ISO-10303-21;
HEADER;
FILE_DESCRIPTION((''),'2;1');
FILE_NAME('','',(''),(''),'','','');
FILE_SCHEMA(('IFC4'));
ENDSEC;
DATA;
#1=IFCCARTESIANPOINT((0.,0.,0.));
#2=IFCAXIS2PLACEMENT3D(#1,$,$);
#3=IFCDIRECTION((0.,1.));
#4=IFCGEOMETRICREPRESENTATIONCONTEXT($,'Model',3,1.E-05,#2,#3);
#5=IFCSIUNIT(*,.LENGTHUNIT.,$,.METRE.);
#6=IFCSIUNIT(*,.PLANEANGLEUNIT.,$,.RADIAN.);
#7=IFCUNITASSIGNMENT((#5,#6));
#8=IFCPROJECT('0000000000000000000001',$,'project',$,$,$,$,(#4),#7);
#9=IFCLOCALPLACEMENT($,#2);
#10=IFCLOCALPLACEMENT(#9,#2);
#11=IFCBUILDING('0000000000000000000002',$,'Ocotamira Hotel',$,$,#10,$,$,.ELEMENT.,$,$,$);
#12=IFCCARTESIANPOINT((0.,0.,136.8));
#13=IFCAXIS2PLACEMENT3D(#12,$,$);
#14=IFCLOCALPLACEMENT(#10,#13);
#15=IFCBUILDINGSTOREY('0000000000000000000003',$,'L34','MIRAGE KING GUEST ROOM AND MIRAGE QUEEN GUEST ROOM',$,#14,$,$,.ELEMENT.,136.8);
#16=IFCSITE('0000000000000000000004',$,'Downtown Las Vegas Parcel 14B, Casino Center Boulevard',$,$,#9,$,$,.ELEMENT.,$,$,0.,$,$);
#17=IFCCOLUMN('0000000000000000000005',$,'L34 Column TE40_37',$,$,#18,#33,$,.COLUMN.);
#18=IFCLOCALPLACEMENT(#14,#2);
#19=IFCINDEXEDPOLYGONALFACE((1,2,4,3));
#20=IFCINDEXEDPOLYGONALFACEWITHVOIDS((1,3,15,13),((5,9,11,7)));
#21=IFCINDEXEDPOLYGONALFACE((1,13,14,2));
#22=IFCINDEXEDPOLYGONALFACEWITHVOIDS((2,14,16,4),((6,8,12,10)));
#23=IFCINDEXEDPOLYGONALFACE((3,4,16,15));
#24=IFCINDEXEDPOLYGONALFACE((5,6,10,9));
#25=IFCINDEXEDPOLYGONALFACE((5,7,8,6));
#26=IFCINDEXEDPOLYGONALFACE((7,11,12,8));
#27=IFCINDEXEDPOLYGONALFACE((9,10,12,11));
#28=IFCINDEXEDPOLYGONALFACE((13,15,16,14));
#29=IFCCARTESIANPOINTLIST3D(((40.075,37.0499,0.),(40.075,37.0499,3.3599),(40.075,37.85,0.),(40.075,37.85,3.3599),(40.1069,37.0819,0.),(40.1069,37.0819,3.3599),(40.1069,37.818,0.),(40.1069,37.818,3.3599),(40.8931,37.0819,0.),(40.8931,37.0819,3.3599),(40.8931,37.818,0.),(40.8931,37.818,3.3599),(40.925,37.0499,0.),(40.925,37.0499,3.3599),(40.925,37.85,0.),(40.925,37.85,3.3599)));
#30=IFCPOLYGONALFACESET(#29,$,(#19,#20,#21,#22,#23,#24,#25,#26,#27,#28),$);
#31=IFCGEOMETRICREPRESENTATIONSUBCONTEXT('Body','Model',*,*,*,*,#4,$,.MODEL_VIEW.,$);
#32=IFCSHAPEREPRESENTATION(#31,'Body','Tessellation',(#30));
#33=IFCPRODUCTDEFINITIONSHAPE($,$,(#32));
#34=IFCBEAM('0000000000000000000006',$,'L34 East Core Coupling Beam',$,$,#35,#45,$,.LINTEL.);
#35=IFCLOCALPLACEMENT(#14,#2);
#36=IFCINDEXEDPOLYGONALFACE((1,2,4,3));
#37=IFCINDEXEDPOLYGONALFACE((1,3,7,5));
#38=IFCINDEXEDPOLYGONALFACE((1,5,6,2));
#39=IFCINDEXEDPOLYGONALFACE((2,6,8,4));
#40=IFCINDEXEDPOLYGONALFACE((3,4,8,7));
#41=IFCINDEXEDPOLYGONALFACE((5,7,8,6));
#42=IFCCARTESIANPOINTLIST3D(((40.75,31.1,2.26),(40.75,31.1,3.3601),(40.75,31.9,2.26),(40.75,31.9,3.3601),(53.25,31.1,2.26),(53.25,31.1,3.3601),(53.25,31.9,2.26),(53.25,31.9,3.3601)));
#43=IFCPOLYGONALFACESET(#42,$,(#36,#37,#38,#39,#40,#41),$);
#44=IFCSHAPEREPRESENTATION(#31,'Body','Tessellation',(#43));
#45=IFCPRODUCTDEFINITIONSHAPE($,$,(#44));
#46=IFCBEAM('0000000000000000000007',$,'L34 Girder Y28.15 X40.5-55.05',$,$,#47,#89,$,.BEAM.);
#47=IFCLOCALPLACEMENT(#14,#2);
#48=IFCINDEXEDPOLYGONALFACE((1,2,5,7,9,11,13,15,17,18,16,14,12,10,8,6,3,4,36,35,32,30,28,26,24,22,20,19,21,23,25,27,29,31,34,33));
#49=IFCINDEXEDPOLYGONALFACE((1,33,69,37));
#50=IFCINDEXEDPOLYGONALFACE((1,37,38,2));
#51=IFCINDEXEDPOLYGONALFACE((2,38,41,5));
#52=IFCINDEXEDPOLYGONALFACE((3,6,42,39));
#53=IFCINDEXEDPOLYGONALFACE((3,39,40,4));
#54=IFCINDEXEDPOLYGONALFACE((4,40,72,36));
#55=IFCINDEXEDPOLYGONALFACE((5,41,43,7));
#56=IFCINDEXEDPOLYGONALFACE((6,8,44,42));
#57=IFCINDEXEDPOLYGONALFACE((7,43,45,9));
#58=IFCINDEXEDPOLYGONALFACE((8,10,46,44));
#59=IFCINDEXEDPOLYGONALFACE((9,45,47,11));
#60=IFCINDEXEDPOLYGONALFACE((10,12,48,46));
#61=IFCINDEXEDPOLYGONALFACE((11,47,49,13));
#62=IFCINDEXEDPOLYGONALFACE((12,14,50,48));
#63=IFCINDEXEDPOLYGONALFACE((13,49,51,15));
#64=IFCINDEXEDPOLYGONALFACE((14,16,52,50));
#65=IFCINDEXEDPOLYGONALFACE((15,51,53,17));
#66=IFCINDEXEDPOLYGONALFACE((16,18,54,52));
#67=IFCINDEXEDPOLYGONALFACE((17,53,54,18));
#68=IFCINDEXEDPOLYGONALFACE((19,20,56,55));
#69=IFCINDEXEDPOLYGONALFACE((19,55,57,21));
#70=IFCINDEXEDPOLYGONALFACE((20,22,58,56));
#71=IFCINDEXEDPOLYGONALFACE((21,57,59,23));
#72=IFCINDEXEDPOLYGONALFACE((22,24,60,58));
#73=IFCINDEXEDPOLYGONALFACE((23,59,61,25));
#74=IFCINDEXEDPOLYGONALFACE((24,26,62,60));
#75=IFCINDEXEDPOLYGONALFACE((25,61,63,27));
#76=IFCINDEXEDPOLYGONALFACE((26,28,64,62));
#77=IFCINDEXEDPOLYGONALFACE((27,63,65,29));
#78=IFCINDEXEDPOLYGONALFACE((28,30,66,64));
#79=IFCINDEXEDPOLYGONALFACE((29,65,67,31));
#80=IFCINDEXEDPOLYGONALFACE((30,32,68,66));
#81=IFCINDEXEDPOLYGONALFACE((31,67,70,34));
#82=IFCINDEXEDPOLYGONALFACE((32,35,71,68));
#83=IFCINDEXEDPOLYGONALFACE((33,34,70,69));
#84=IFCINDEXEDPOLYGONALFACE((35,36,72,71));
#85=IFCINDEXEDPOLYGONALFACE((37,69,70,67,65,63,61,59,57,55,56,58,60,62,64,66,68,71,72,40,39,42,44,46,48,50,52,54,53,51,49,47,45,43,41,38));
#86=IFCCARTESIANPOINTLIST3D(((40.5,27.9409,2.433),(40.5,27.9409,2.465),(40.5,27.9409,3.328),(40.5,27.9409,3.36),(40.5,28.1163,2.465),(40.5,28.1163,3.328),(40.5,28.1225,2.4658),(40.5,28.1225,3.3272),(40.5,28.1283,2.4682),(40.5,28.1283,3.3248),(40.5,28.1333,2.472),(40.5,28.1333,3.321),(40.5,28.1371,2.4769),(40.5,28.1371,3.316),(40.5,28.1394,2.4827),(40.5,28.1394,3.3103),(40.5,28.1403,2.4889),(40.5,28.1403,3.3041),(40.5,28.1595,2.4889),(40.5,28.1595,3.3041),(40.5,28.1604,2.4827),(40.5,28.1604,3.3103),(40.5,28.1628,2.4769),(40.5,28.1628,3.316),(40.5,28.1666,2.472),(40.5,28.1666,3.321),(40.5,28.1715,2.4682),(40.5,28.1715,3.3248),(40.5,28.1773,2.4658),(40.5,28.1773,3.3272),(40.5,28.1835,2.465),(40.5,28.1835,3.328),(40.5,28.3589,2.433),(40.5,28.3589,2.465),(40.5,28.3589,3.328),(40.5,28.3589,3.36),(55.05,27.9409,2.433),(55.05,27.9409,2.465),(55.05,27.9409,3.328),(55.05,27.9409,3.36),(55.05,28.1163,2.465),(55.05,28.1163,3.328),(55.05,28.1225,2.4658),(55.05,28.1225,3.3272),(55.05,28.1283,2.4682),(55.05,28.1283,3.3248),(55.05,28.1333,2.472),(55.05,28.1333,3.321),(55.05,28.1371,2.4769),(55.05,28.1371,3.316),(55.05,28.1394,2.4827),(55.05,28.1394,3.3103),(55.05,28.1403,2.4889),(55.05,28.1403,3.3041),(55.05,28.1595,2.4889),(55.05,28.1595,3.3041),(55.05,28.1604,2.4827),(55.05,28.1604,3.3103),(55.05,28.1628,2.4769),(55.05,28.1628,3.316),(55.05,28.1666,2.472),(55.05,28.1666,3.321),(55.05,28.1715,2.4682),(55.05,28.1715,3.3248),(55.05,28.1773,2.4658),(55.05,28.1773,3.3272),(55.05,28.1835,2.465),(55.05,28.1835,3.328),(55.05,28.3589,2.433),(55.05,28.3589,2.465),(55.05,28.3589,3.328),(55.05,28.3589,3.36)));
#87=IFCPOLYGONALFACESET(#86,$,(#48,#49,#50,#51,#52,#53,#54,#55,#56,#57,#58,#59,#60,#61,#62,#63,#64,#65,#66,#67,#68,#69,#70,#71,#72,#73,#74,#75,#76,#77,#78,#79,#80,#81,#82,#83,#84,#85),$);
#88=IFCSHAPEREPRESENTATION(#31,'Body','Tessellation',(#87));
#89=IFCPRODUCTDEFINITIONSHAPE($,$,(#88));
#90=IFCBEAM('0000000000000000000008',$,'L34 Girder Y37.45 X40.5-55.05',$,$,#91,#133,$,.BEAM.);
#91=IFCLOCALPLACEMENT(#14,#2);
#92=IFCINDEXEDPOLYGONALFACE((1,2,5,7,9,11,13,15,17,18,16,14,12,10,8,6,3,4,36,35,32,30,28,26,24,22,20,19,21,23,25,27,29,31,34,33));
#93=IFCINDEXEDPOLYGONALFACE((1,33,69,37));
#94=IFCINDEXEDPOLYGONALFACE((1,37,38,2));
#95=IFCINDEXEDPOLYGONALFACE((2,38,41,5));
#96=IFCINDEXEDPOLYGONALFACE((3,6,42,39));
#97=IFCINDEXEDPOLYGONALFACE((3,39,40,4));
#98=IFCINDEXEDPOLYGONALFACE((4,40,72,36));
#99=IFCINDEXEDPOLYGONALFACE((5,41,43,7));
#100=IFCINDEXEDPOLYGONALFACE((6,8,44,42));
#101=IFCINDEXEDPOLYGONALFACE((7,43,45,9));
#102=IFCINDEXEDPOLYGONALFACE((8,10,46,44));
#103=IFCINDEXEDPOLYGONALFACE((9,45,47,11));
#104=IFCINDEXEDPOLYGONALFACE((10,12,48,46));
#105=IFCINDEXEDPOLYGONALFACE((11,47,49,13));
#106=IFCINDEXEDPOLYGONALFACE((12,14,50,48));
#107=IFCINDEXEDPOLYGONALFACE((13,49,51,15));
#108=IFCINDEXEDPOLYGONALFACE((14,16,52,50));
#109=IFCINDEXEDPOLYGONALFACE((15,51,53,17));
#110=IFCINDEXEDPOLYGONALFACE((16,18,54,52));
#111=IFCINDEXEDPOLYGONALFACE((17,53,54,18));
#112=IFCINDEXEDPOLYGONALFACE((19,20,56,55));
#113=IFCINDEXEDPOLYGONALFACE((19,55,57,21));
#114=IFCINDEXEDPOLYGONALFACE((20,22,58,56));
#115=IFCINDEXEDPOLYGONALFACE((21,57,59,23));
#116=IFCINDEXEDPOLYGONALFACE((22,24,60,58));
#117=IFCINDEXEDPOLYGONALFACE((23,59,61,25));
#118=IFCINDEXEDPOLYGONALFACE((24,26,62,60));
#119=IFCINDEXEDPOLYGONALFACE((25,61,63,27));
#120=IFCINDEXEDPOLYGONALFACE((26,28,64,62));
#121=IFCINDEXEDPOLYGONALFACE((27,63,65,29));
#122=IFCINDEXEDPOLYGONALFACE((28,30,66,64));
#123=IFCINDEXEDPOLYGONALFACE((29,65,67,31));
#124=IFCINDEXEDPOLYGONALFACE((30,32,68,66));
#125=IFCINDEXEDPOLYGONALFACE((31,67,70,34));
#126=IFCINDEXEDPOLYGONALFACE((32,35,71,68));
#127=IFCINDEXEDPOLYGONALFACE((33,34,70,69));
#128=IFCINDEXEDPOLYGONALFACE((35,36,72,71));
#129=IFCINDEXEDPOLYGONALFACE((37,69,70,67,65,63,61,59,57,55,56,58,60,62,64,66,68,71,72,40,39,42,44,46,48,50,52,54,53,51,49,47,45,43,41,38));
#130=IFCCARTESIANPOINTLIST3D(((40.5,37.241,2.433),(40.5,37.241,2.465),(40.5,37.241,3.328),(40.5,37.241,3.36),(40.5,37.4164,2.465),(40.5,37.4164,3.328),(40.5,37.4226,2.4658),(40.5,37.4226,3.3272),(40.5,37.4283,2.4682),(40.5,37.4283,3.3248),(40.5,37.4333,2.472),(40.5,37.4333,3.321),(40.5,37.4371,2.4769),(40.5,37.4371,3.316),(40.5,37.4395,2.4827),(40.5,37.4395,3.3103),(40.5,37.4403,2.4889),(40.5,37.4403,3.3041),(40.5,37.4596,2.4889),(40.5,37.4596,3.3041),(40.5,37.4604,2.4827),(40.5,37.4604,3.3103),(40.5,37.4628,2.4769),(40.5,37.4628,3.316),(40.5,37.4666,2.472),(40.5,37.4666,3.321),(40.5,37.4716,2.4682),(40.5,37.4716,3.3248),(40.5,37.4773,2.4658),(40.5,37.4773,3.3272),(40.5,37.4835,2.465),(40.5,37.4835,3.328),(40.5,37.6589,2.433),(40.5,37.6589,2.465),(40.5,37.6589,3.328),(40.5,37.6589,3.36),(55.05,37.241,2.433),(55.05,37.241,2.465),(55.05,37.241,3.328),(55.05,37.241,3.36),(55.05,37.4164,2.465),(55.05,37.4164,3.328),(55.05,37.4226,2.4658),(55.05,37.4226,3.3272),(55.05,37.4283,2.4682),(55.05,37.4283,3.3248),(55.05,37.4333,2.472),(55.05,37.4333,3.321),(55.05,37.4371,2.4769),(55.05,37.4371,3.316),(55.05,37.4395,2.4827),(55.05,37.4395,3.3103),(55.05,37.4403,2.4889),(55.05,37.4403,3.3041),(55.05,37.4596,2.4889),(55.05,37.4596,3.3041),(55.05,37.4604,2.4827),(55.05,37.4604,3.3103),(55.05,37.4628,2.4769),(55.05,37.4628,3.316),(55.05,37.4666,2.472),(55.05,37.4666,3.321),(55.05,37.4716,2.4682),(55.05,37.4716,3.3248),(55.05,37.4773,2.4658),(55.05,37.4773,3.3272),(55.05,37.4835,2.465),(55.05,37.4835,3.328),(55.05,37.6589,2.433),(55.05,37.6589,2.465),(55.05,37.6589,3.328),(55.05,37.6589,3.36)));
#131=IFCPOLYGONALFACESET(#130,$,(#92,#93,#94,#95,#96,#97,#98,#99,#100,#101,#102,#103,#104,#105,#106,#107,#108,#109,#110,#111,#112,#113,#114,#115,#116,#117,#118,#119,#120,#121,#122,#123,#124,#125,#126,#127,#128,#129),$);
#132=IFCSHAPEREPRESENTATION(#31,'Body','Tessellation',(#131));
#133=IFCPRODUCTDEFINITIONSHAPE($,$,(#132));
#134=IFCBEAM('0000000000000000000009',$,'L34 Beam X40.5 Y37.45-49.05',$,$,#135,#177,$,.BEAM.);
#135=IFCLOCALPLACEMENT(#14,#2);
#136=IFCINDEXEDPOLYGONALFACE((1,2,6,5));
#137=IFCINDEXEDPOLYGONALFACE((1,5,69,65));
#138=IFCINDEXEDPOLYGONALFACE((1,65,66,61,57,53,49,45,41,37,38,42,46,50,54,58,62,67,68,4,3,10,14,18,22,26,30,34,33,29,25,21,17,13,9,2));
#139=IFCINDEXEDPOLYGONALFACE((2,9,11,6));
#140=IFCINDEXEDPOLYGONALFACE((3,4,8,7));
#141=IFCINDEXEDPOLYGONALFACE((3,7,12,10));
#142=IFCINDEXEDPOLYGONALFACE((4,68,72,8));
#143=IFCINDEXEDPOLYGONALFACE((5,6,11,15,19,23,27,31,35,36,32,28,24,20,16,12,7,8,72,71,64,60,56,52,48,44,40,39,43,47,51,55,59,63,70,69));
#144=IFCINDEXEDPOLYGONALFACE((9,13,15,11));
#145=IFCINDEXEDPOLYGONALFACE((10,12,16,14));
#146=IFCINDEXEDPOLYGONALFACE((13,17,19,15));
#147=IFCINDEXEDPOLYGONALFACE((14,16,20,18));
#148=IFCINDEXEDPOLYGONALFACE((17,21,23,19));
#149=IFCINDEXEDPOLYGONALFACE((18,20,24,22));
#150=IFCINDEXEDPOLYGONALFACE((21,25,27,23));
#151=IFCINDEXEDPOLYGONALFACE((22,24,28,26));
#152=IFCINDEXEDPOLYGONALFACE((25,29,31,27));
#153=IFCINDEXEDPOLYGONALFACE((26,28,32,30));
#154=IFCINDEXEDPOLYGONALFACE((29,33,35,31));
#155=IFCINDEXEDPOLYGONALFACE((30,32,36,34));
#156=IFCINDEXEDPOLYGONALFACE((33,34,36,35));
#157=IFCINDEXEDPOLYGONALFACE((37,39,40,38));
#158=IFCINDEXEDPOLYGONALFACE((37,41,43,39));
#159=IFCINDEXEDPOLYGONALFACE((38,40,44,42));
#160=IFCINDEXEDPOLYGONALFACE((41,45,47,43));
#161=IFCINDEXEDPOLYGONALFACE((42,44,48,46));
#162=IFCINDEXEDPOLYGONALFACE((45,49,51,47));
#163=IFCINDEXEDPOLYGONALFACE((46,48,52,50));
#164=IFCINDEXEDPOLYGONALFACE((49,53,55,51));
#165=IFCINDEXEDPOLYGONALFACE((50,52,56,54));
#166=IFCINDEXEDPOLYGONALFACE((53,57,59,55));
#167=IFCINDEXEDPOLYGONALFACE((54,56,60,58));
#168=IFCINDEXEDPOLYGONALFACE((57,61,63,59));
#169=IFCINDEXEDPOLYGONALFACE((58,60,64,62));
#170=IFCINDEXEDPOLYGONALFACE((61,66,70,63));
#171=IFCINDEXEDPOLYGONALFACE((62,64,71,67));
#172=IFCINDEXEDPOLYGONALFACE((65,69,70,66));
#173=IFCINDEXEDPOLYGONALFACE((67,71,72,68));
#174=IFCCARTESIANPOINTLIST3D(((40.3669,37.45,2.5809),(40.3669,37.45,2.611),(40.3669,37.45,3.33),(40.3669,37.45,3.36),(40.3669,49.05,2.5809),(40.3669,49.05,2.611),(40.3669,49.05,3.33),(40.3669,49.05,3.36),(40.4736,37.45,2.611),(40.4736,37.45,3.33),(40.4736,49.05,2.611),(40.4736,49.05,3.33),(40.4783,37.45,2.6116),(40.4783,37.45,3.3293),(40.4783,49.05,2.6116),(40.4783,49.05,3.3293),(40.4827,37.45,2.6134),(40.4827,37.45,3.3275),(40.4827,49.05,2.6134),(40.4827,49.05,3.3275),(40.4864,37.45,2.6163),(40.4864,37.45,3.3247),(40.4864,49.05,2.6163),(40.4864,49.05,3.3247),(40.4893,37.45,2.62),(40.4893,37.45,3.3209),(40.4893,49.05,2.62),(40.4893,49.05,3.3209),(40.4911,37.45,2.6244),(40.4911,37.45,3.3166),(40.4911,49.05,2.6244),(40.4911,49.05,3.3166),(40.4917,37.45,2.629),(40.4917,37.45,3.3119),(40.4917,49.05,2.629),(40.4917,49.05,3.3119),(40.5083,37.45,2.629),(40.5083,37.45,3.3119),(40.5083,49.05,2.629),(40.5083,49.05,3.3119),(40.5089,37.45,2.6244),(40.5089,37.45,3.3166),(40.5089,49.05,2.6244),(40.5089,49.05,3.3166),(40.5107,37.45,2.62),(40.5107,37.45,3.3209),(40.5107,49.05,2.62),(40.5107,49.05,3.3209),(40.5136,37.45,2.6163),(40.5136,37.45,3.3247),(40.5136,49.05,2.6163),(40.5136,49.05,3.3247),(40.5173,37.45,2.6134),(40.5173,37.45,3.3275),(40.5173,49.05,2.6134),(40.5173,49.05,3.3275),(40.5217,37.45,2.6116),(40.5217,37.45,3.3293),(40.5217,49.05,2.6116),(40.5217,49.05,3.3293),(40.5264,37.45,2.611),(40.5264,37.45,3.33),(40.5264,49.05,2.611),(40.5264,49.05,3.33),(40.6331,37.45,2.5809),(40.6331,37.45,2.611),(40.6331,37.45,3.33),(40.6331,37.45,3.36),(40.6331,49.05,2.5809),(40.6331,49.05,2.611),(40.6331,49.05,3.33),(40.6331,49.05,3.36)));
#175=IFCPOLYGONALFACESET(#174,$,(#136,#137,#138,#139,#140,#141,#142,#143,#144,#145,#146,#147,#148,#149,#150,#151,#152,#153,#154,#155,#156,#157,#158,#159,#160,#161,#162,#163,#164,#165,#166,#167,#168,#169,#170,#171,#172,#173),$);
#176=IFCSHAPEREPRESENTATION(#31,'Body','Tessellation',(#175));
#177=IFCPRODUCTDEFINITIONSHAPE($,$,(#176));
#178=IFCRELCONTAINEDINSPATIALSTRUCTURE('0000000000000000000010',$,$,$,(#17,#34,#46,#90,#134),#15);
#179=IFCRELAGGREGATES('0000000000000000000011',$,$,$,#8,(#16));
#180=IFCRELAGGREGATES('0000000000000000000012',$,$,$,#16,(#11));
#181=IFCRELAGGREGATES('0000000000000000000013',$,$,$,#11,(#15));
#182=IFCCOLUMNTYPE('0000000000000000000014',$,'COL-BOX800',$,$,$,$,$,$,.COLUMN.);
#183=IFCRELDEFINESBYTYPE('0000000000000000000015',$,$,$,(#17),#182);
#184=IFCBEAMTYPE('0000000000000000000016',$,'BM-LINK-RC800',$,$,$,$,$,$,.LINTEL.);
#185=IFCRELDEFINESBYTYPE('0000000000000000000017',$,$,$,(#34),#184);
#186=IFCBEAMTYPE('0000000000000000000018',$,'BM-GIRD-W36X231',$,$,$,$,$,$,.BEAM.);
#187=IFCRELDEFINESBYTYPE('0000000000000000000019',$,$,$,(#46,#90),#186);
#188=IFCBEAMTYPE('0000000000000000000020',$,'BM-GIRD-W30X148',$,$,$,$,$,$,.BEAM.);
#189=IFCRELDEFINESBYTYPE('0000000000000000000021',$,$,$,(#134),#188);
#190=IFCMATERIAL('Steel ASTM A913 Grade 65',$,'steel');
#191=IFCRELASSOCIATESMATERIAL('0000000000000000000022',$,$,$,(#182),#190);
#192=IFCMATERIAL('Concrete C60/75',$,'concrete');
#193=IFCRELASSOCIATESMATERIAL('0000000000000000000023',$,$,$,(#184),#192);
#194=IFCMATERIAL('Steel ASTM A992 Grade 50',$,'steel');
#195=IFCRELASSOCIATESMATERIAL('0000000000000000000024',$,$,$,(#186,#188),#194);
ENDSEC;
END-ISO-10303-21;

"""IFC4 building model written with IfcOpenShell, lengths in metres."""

from ifc_helpers import new_model, si_unit, direction, frame, origin, origin_2d, place, context, subcontext, project, spatial, rectangle, hollow_rectangle, i_section, extrude, source, transform, mapped, material, material_profile, profile_set, type_object, element, save


model = new_model("IFC4")

# Units and contexts
model_context = context("Model", 3, precision=1e-05, world=origin(), true_north=direction((0.0, 1.0)))
body_context = subcontext(model_context, "Body", "Model", "MODEL_VIEW")
ifc_project = project(units=[si_unit("LENGTHUNIT", "METRE"), si_unit("PLANEANGLEUNIT", "RADIAN")], contexts=[model_context])

# Site, building, storey
site_placement = place(None, origin())
site = spatial("IfcSite", under=ifc_project, at=site_placement, Name="Downtown Las Vegas Parcel 14B, Casino Center Boulevard", CompositionType="ELEMENT", RefElevation=0.0)
building_placement = place(site_placement, origin())
building = spatial("IfcBuilding", under=site, at=building_placement, Name="Ocotamira Hotel", CompositionType="ELEMENT")
storey_placement = place(building_placement, frame((0.0, 0.0, 136.8)))
storey = spatial("IfcBuildingStorey", under=building, at=storey_placement, Name="L34", Description="MIRAGE KING GUEST ROOM AND MIRAGE QUEEN GUEST ROOM", CompositionType="ELEMENT", Elevation=136.8)

# Column
ifc_material_1 = material(Name="Steel ASTM A913 Grade 65", Category="steel")
ifc_material_profile_1 = material_profile(ifc_material_1, hollow_rectangle(XDim=0.8501, YDim=0.8, WallThickness=0.032, at=origin_2d()), Name="BOX800X850X32")
ifc_profile_set_1 = profile_set([ifc_material_profile_1], Name="Steel ASTM A913 Grade 65")
column_type = type_object("IfcColumnType", Name="COL-BOX800", PredefinedType="COLUMN", material=ifc_profile_set_1)
shared_shape_1 = source(origin(), body_context, "Body", "SweptSolid", [
    extrude(hollow_rectangle(XDim=0.8501, YDim=0.8, WallThickness=0.032, at=origin_2d()), origin(), (0.0, 0.0, 1.0), 3.3599),
])
column_placement = place(storey_placement, frame((40.5, 37.45, 0.0), z_axis=(0.0, 0.0, 1.0), x_axis=(1.0, 0.0, 0.0)))
element("IfcColumn", 1, at=column_placement, inside=storey, type_object=column_type, Name="L34 Column TE40_37", PredefinedType="COLUMN", context=body_context, shape_type="MappedRepresentation", body=[
    mapped(shared_shape_1, transform((0.0, 0.0, 0.0), scale=1.0)),
])

# Beams
ifc_material_2 = material(Name="Concrete C60/75", Category="concrete")
ifc_material_profile_2 = material_profile(ifc_material_2, rectangle(XDim=0.8, YDim=1.1001, at=origin_2d()), Name="RC800X1100")
ifc_profile_set_2 = profile_set([ifc_material_profile_2], Name="Concrete C60/75")
beam_type_1 = type_object("IfcBeamType", Name="BM-LINK-RC800", PredefinedType="LINTEL", material=ifc_profile_set_2)
shared_shape_2 = source(origin(), body_context, "Body", "SweptSolid", [
    extrude(rectangle(XDim=0.8, YDim=1.1001, at=origin_2d()), origin(), (0.0, 0.0, 1.0), 12.5),
])
beam_1_placement = place(storey_placement, frame((40.75, 31.5, 2.8101), z_axis=(1.0, 0.0, 0.0), x_axis=(0.0, 1.0, 0.0)))
element("IfcBeam", 2, at=beam_1_placement, inside=storey, type_object=beam_type_1, Name="L34 East Core Coupling Beam", PredefinedType="LINTEL", context=body_context, shape_type="MappedRepresentation", body=[
    mapped(shared_shape_2, transform((0.0, 0.0, 0.0), scale=1.0)),
])
ifc_material_3 = material(Name="Steel ASTM A992 Grade 50", Category="steel")
ifc_material_profile_3 = material_profile(ifc_material_3, i_section(OverallWidth=0.418, OverallDepth=0.927, WebThickness=0.0193, FlangeThickness=0.032, FilletRadius=0.0239, at=origin_2d()), Name="W36X231")
ifc_profile_set_3 = profile_set([ifc_material_profile_3], Name="Steel ASTM A992 Grade 50")
beam_type_2 = type_object("IfcBeamType", Name="BM-GIRD-W36X231", PredefinedType="BEAM", material=ifc_profile_set_3)
shared_shape_3 = source(origin(), body_context, "Body", "SweptSolid", [
    extrude(i_section(OverallWidth=0.418, OverallDepth=0.927, WebThickness=0.0193, FlangeThickness=0.032, FilletRadius=0.0239, at=origin_2d()), origin(), (0.0, 0.0, 1.0), 14.55),
])
for number, where, z_axis, x_axis, name in (
    (3, (40.5, 28.1499, 2.8965), (1.0, 0.0, 0.0), (0.0, 1.0, 0.0), "L34 Girder Y28.15 X40.5-55.05"),
    (4, (40.5, 37.45, 2.8965), (1.0, 0.0, 0.0), (0.0, 1.0, 0.0), "L34 Girder Y37.45 X40.5-55.05"),
):
    element("IfcBeam", number, at=place(storey_placement, frame(where, z_axis=z_axis, x_axis=x_axis)), inside=storey, type_object=beam_type_2, Name=name, PredefinedType="BEAM", context=body_context, shape_type="MappedRepresentation", body=[
        mapped(shared_shape_3, transform((0.0, 0.0, 0.0), scale=1.0)),
    ])
ifc_material_profile_4 = material_profile(ifc_material_3, i_section(OverallWidth=0.2661, OverallDepth=0.7791, WebThickness=0.0166, FlangeThickness=0.03, FilletRadius=0.0181, at=origin_2d()), Name="W30X148")
ifc_profile_set_4 = profile_set([ifc_material_profile_4], Name="Steel ASTM A992 Grade 50")
beam_type_3 = type_object("IfcBeamType", Name="BM-GIRD-W30X148", PredefinedType="BEAM", material=ifc_profile_set_4)
shared_shape_4 = source(origin(), body_context, "Body", "SweptSolid", [
    extrude(i_section(OverallWidth=0.2661, OverallDepth=0.7791, WebThickness=0.0166, FlangeThickness=0.03, FilletRadius=0.0181, at=origin_2d()), origin(), (0.0, 0.0, 1.0), 11.6001),
])
beam_2_placement = place(storey_placement, frame((40.5, 37.45, 2.9705), z_axis=(0.0, 1.0, 0.0), x_axis=(-1.0, 0.0, 0.0)))
element("IfcBeam", 5, at=beam_2_placement, inside=storey, type_object=beam_type_3, Name="L34 Beam X40.5 Y37.45-49.05", PredefinedType="BEAM", context=body_context, shape_type="MappedRepresentation", body=[
    mapped(shared_shape_4, transform((0.0, 0.0, 0.0), scale=1.0)),
])

save(model, "model.ifc")
